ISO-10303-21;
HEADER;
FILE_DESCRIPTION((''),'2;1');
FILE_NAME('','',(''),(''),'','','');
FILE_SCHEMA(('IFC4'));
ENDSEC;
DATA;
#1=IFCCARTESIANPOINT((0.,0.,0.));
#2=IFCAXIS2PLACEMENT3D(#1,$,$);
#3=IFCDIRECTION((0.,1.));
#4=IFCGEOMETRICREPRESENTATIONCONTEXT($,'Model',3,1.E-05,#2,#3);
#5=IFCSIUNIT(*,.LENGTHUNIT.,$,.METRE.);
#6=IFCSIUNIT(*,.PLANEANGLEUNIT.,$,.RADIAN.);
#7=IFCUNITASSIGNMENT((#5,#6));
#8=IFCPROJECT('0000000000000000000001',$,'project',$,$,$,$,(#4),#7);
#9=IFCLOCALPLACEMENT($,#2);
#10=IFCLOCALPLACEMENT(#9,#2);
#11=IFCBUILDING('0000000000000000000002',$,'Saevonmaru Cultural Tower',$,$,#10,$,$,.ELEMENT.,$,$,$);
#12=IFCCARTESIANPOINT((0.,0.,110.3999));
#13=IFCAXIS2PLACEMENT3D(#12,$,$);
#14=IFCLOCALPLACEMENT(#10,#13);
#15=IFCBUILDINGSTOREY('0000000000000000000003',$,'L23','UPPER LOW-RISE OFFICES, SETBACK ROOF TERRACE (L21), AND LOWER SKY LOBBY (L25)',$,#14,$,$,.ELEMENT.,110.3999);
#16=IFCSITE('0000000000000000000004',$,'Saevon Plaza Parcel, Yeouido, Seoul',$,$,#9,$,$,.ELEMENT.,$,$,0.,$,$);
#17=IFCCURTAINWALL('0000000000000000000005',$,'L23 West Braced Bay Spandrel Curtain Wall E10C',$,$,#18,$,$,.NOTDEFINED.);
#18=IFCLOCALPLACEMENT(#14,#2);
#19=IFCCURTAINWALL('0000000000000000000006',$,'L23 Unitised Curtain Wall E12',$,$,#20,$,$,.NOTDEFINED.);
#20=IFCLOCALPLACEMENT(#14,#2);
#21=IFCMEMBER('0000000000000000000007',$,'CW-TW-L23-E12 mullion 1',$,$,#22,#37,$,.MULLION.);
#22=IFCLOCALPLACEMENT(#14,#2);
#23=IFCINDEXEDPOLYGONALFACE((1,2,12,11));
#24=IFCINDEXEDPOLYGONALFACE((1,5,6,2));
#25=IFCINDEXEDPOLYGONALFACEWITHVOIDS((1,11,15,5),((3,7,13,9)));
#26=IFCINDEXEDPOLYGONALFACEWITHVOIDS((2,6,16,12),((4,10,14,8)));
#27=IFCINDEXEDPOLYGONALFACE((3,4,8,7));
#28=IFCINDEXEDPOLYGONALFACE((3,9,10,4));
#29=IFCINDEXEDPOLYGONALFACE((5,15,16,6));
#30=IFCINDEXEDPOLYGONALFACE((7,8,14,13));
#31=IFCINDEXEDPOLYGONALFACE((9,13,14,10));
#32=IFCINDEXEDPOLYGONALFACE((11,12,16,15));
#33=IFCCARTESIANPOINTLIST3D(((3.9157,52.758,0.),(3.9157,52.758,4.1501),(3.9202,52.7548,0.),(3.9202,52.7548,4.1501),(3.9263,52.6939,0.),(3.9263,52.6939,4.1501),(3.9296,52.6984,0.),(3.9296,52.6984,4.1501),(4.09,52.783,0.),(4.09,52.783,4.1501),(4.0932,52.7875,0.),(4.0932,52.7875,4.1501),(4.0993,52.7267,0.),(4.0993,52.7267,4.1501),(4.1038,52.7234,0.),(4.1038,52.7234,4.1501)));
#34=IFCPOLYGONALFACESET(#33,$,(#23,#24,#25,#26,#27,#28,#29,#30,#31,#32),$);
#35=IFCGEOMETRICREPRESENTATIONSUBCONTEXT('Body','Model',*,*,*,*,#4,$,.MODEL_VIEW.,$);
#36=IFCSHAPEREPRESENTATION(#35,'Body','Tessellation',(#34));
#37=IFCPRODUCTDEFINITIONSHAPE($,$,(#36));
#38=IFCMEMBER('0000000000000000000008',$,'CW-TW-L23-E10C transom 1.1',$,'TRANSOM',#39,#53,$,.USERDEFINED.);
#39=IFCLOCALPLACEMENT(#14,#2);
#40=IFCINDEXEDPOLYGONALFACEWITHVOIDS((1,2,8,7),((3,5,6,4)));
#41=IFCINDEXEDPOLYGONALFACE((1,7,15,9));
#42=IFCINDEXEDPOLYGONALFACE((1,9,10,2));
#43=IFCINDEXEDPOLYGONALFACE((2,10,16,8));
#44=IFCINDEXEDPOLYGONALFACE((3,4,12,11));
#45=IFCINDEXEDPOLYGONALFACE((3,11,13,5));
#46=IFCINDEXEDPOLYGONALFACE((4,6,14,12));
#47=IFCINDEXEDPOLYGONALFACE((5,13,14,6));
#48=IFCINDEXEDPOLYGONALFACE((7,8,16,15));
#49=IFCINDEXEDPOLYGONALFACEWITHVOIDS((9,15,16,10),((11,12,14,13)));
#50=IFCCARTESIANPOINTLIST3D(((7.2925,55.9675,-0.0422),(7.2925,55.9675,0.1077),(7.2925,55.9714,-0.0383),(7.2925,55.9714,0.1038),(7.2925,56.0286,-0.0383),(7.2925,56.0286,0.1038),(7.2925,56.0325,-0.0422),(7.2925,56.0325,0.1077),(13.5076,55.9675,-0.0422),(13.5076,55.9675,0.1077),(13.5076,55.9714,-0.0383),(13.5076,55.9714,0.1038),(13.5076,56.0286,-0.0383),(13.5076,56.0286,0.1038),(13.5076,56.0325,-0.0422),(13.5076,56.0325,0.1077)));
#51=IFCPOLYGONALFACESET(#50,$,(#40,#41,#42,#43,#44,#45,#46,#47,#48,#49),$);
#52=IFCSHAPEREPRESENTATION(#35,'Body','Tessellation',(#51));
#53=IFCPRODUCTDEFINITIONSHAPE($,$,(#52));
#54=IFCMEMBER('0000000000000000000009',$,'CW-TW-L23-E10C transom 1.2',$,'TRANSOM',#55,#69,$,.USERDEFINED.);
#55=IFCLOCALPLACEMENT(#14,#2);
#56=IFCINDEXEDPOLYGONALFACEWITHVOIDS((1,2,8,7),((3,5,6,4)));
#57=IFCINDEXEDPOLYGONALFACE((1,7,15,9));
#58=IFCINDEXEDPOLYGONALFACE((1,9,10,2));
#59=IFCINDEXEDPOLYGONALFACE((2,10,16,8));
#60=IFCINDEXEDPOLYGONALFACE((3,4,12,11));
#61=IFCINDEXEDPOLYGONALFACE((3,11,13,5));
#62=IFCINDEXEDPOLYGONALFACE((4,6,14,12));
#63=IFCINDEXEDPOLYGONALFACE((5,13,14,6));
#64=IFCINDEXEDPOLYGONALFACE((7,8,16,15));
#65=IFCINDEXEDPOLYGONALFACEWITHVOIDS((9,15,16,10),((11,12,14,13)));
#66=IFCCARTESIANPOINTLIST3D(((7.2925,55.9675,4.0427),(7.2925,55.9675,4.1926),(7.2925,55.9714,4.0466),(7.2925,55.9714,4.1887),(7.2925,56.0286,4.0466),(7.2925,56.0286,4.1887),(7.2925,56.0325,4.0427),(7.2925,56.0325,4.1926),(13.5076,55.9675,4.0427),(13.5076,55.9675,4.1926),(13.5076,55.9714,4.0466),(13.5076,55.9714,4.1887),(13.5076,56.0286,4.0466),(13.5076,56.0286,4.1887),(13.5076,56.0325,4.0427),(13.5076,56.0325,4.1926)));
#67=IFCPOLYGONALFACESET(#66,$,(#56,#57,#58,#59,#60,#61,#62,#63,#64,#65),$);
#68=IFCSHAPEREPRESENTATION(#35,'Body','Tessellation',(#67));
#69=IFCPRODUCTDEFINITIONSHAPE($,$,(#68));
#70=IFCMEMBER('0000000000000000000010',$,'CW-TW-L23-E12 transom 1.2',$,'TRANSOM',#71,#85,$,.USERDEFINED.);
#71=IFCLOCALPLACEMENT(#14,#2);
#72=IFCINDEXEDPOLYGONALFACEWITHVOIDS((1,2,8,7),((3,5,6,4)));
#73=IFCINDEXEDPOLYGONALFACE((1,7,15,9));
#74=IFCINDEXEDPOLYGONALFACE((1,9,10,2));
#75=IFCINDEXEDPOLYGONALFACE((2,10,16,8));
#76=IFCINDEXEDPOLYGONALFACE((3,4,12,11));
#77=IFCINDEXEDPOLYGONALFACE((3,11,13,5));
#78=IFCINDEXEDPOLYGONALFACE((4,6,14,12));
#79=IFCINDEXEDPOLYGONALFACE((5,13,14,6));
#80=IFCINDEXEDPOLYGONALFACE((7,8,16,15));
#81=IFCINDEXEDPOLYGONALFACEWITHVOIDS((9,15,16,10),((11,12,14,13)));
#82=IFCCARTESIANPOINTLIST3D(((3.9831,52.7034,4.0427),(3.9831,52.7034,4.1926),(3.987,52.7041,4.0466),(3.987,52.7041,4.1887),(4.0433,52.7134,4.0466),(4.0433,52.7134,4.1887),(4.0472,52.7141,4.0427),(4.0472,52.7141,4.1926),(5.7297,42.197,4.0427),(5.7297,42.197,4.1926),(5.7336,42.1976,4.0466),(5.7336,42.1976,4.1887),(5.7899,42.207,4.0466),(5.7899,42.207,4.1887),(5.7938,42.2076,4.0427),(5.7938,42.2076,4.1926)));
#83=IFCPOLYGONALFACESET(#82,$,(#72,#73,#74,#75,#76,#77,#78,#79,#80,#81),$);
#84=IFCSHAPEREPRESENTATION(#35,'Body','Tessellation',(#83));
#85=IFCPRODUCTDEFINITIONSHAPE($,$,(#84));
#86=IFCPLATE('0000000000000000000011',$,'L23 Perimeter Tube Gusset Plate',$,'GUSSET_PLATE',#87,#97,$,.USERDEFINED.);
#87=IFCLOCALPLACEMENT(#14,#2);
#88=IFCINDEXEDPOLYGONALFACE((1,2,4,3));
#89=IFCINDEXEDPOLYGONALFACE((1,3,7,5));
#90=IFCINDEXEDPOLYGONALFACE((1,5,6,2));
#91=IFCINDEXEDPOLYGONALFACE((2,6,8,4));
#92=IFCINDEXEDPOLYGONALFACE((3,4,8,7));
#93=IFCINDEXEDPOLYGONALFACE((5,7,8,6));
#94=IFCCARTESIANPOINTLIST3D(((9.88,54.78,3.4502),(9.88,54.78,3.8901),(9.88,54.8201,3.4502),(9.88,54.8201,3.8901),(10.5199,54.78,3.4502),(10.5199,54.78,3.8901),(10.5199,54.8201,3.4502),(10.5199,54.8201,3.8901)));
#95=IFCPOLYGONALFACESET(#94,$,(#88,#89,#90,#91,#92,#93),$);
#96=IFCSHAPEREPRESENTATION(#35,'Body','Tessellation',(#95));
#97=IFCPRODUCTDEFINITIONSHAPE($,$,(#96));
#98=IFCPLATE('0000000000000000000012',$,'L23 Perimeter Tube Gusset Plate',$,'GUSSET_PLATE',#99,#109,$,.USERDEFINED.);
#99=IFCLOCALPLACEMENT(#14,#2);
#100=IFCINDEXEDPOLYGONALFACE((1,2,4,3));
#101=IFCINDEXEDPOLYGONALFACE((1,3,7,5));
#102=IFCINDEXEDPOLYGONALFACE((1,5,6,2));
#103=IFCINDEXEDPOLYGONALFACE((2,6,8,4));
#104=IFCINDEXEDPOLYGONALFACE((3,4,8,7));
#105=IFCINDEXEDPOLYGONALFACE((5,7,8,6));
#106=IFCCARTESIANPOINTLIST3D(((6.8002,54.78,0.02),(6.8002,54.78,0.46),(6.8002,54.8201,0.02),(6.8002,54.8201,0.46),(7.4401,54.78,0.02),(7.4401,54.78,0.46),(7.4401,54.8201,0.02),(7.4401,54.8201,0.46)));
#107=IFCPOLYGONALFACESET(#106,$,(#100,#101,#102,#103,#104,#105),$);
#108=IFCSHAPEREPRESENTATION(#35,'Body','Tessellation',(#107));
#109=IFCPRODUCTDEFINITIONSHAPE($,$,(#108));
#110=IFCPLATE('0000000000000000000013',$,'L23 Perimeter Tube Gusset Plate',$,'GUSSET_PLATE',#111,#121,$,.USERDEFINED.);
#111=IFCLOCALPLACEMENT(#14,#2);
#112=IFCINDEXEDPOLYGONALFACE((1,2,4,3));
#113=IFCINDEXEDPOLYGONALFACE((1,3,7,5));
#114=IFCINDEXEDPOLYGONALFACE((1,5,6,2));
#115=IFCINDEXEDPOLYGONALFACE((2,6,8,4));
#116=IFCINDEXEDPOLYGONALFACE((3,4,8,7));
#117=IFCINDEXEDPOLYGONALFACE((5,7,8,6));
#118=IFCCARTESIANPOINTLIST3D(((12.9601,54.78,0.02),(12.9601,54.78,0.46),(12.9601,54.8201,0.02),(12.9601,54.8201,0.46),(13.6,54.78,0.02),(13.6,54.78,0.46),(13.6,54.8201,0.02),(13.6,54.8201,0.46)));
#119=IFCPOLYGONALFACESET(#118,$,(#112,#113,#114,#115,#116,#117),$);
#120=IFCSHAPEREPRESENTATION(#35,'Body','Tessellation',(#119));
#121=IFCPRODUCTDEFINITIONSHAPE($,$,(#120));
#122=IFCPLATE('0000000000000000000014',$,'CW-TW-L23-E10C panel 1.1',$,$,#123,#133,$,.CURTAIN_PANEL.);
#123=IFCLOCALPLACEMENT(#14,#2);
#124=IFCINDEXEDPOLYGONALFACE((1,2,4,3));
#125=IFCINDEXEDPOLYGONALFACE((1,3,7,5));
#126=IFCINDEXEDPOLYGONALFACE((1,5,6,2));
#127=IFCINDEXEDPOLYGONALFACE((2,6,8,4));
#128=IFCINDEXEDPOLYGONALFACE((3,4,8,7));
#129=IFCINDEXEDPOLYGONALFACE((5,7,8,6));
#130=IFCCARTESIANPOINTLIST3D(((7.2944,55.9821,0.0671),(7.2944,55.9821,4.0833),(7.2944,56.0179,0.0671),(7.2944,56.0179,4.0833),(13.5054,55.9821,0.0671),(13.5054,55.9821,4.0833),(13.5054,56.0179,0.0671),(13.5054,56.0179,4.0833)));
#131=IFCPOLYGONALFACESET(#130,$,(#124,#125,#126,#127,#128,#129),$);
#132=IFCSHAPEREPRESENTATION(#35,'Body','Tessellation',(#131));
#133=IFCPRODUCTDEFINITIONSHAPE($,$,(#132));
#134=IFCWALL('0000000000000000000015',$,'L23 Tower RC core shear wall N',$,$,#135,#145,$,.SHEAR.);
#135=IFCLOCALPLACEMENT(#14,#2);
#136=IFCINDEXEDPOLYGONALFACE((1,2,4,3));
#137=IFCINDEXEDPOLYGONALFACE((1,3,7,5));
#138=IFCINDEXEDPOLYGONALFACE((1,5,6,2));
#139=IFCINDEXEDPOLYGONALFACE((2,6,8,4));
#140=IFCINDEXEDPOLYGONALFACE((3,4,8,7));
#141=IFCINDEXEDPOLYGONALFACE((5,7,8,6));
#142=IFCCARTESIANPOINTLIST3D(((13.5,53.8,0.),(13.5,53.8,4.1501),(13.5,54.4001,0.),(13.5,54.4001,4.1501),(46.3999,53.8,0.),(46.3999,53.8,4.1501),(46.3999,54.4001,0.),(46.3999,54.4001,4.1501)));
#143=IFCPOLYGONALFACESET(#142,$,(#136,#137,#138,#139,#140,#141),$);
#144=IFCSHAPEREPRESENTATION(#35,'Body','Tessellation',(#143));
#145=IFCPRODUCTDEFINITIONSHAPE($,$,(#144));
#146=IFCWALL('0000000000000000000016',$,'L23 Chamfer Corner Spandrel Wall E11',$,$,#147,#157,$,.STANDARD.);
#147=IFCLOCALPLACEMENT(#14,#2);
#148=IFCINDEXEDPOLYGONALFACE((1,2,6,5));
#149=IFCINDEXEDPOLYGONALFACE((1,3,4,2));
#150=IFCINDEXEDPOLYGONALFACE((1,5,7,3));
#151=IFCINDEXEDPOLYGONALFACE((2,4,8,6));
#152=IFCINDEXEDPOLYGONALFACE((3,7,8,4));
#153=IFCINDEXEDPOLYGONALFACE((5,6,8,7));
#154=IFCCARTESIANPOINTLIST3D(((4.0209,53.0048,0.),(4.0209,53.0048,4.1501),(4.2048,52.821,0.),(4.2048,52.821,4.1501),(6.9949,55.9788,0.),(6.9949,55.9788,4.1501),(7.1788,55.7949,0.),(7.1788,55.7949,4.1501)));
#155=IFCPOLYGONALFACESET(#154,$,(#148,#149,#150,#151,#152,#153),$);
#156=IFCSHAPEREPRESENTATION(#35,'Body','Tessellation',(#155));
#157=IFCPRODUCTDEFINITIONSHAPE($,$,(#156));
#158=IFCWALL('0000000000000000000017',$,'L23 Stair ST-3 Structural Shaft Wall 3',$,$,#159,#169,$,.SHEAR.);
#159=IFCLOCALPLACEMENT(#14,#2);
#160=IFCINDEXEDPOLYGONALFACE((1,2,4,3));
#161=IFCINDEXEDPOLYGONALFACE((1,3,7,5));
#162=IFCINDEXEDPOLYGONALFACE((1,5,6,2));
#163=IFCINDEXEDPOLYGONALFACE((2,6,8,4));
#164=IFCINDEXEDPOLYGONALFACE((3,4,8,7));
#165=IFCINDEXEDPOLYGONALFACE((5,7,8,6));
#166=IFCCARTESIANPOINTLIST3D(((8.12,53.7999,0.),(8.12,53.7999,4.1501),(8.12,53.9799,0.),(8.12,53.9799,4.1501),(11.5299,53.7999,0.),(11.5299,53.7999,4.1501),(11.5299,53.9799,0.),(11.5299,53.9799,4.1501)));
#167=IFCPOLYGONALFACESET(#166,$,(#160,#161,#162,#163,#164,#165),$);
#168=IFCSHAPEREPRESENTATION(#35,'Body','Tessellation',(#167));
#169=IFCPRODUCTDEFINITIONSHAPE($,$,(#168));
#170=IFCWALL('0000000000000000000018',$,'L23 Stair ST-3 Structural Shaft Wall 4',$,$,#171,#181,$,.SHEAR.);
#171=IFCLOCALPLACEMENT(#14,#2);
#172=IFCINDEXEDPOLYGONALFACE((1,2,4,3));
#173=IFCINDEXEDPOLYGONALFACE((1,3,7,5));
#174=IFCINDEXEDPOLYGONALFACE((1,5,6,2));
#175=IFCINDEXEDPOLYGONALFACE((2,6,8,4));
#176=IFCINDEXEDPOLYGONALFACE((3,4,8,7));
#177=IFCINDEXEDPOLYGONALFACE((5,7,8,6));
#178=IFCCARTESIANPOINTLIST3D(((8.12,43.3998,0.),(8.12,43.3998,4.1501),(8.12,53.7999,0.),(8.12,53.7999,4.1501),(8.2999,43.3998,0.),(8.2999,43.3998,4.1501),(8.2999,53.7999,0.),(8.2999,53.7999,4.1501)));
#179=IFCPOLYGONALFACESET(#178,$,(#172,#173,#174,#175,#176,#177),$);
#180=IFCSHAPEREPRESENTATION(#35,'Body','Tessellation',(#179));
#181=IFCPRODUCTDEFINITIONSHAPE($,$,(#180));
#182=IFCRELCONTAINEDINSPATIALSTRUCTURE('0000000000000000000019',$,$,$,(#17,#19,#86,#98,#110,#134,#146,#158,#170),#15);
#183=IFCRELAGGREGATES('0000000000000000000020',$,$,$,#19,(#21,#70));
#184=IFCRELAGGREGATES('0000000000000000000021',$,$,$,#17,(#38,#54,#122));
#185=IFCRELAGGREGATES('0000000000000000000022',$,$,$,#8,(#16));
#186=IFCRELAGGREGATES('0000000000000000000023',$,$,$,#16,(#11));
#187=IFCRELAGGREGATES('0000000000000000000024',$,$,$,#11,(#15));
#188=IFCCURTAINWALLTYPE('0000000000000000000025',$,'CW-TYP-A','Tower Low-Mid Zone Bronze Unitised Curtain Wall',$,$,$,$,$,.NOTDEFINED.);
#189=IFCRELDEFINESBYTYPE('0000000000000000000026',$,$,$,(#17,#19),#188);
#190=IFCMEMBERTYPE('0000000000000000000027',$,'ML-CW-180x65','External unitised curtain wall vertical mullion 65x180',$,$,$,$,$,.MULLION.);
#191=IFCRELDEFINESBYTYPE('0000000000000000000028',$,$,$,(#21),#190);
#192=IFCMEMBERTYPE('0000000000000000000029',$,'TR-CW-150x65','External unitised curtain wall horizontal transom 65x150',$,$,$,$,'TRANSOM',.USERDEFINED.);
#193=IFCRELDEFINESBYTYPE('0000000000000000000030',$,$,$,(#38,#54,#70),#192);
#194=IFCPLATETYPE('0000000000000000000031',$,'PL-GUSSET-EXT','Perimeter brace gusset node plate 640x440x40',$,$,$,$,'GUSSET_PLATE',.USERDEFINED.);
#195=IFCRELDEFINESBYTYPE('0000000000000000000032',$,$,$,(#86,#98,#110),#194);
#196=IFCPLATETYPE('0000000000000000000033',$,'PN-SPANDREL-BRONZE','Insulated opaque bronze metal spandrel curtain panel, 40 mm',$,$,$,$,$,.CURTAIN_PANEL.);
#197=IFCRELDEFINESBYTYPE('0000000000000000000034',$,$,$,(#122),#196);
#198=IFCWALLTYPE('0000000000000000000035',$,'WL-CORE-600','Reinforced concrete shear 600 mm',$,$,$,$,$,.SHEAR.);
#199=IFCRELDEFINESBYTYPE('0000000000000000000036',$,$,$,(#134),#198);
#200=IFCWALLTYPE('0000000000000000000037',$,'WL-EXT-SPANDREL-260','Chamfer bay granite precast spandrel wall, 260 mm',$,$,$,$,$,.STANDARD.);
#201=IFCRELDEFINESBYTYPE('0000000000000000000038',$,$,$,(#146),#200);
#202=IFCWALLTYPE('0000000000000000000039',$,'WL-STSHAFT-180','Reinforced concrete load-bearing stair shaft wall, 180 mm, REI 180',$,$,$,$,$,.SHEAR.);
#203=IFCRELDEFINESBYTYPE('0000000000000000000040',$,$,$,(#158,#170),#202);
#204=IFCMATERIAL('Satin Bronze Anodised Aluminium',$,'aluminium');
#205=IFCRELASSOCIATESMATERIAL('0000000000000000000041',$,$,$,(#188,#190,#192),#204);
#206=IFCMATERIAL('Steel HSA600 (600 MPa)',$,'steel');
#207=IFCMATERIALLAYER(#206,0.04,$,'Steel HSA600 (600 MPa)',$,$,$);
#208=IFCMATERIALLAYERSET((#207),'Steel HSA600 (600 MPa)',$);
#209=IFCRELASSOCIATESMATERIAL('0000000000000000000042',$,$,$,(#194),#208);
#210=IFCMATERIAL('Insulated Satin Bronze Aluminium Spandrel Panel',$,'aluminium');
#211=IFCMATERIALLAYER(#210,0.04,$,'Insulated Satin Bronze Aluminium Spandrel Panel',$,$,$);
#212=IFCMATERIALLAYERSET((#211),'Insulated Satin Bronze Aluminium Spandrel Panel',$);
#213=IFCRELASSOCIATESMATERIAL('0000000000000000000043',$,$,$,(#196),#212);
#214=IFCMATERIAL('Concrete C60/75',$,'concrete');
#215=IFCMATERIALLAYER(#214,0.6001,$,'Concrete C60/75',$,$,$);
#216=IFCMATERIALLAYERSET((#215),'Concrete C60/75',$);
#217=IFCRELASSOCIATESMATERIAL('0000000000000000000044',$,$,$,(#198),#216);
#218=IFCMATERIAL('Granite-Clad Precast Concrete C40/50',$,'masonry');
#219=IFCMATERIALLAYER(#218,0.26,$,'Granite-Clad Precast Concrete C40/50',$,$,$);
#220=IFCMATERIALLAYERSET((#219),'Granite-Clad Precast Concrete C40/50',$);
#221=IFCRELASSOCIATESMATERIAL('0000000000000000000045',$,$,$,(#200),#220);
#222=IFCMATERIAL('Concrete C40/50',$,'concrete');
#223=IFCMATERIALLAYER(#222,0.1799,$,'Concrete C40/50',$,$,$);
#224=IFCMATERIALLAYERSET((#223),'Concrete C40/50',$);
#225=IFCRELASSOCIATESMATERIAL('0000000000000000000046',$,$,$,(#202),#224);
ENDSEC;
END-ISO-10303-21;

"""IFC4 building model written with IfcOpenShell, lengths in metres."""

from ifc_helpers import new_model, si_unit, direction, frame, frame_2d, origin, origin_2d, place, context, subcontext, project, spatial, rectangle, hollow_rectangle, extrude, material, layer, layer_set, material_profile, profile_set, type_object, element, aggregate, save


model = new_model("IFC4")

# Units and contexts
model_context = context("Model", 3, precision=1e-05, world=origin(), true_north=direction((0.0, 1.0)))
body_context = subcontext(model_context, "Body", "Model", "MODEL_VIEW")
ifc_project = project(units=[si_unit("LENGTHUNIT", "METRE"), si_unit("PLANEANGLEUNIT", "RADIAN")], contexts=[model_context])

# Site, building, storey
site_placement = place(None, origin())
site = spatial("IfcSite", under=ifc_project, at=site_placement, Name="Saevon Plaza Parcel, Yeouido, Seoul", CompositionType="ELEMENT", RefElevation=0.0)
building_placement = place(site_placement, origin())
building = spatial("IfcBuilding", under=site, at=building_placement, Name="Saevonmaru Cultural Tower", CompositionType="ELEMENT")
storey_placement = place(building_placement, frame((0.0, 0.0, 110.3999)))
storey = spatial("IfcBuildingStorey", under=building, at=storey_placement, Name="L23", Description="UPPER LOW-RISE OFFICES, SETBACK ROOF TERRACE (L21), AND LOWER SKY LOBBY (L25)", CompositionType="ELEMENT", Elevation=110.3999)

# Shared definitions
ifc_material_1 = material(Name="Steel HSA600 (600 MPa)", Category="steel")

# Shared definitions
ifc_material_2 = material(Name="Satin Bronze Anodised Aluminium", Category="aluminium")
curtain_wall_type = type_object("IfcCurtainWallType", Name="CW-TYP-A", Description="Tower Low-Mid Zone Bronze Unitised Curtain Wall", PredefinedType="NOTDEFINED", material=ifc_material_2)
ifc_material_profile_1 = material_profile(ifc_material_2, hollow_rectangle(XDim=0.0649, YDim=0.1799, WallThickness=0.0039, at=origin_2d()), Name="ALU-MULL-180x65x4")
ifc_profile_set_1 = profile_set([ifc_material_profile_1], Name="Satin Bronze Anodised Aluminium")
member_type_1 = type_object("IfcMemberType", Name="ML-CW-180x65", Description="External unitised curtain wall vertical mullion 65x180", PredefinedType="MULLION", material=ifc_profile_set_1)

# Curtain wall
curtain_wall_1_placement = place(storey_placement, origin())
curtain_wall_1 = element("IfcCurtainWall", 1, at=curtain_wall_1_placement, inside=storey, type_object=curtain_wall_type, Name="L23 West Braced Bay Spandrel Curtain Wall E10C", PredefinedType="NOTDEFINED")

# Curtain wall, member
curtain_wall_2_placement = place(storey_placement, origin())
curtain_wall_2 = element("IfcCurtainWall", 2, at=curtain_wall_2_placement, inside=storey, type_object=curtain_wall_type, Name="L23 Unitised Curtain Wall E12", PredefinedType="NOTDEFINED")
member_1_placement = place(storey_placement, frame((4.0098, 52.7407, 0.0), z_axis=(0.0, 0.0, 1.0), x_axis=(0.163999, -0.986461, 0.0)))
member_1 = element("IfcMember", 3, at=member_1_placement, type_object=member_type_1, Name="CW-TW-L23-E12 mullion 1", PredefinedType="MULLION", context=body_context, shape_type="SweptSolid", body=[
    extrude(hollow_rectangle(XDim=0.0649, YDim=0.1799, WallThickness=0.0039, at=origin_2d()), origin(), (0.0, 0.0, 1.0), 4.1501),
])

# Members
ifc_material_profile_2 = material_profile(ifc_material_2, hollow_rectangle(XDim=0.0649, YDim=0.1499, WallThickness=0.0039, at=origin_2d()), Name="ALU-TRAN-150x65x4")
ifc_profile_set_2 = profile_set([ifc_material_profile_2], Name="Satin Bronze Anodised Aluminium")
member_type_2 = type_object("IfcMemberType", Name="TR-CW-150x65", Description="External unitised curtain wall horizontal transom 65x150", ElementType="TRANSOM", PredefinedType="USERDEFINED", material=ifc_profile_set_2)
member_2_placement = place(storey_placement, frame((13.5076, 56.0, 0.0327), z_axis=(-1.0, 0.0, 0.0), x_axis=(0.0, -1.0, 0.0)))
member_2 = element("IfcMember", 4, at=member_2_placement, type_object=member_type_2, Name="CW-TW-L23-E10C transom 1.1", ObjectType="TRANSOM", PredefinedType="USERDEFINED", context=body_context, shape_type="SweptSolid", body=[
    extrude(hollow_rectangle(XDim=0.0649, YDim=0.1499, WallThickness=0.0039, at=origin_2d()), origin(), (0.0, 0.0, 1.0), 6.2151),
])
member_3_placement = place(storey_placement, frame((13.5076, 56.0, 4.1177), z_axis=(-1.0, 0.0, 0.0), x_axis=(0.0, -1.0, 0.0)))
member_3 = element("IfcMember", 5, at=member_3_placement, type_object=member_type_2, Name="CW-TW-L23-E10C transom 1.2", ObjectType="TRANSOM", PredefinedType="USERDEFINED", context=body_context, shape_type="SweptSolid", body=[
    extrude(hollow_rectangle(XDim=0.0649, YDim=0.1499, WallThickness=0.0039, at=origin_2d()), origin(), (0.0, 0.0, 1.0), 6.2151),
])
member_4_placement = place(storey_placement, frame((4.0151, 52.7087, 4.1177), z_axis=(0.16399, -0.986462, 0.0), x_axis=(0.986462, 0.16399, 0.0)))
member_4 = element("IfcMember", 6, at=member_4_placement, type_object=member_type_2, Name="CW-TW-L23-E12 transom 1.2", ObjectType="TRANSOM", PredefinedType="USERDEFINED", context=body_context, shape_type="SweptSolid", body=[
    extrude(hollow_rectangle(XDim=0.0649, YDim=0.1499, WallThickness=0.0039, at=origin_2d()), origin(), (0.0, 0.0, 1.0), 10.6506),
])
aggregate(curtain_wall_2, [member_1, member_4])

# Plates
ifc_layer_1 = layer(ifc_material_1, 0.04, Name="Steel HSA600 (600 MPa)")
ifc_layer_set_1 = layer_set([ifc_layer_1], Name="Steel HSA600 (600 MPa)")
plate_type_1 = type_object("IfcPlateType", Name="PL-GUSSET-EXT", Description="Perimeter brace gusset node plate 640x440x40", ElementType="GUSSET_PLATE", PredefinedType="USERDEFINED", material=ifc_layer_set_1)
for number, where, z_axis, x_axis, name in (
    (7, (10.2, 54.8, 3.4502), (0.0, 0.0, 1.0), (1.0, 0.0, 0.0), "L23 Perimeter Tube Gusset Plate"),
    (8, (7.1201, 54.8, 0.02), (0.0, 0.0, 1.0), (1.0, 0.0, 0.0), "L23 Perimeter Tube Gusset Plate"),
    (9, (13.28, 54.8, 0.02), (0.0, 0.0, 1.0), (1.0, 0.0, 0.0), "L23 Perimeter Tube Gusset Plate"),
):
    element("IfcPlate", number, at=place(storey_placement, frame(where, z_axis=z_axis, x_axis=x_axis)), inside=storey, type_object=plate_type_1, Name=name, ObjectType="GUSSET_PLATE", PredefinedType="USERDEFINED", context=body_context, shape_type="SweptSolid", body=[
        extrude(rectangle(XDim=0.6399, YDim=0.04, at=origin_2d()), origin(), (0.0, 0.0, 1.0), 0.4399),
    ])

# Plate
ifc_material_3 = material(Name="Insulated Satin Bronze Aluminium Spandrel Panel", Category="aluminium")
ifc_layer_2 = layer(ifc_material_3, 0.04, Name="Insulated Satin Bronze Aluminium Spandrel Panel")
ifc_layer_set_2 = layer_set([ifc_layer_2], Name="Insulated Satin Bronze Aluminium Spandrel Panel")
plate_type_2 = type_object("IfcPlateType", Name="PN-SPANDREL-BRONZE", Description="Insulated opaque bronze metal spandrel curtain panel, 40 mm", PredefinedType="CURTAIN_PANEL", material=ifc_layer_set_2)
plate_placement = place(storey_placement, frame((10.3999, 56.0, 0.0671), z_axis=(0.0, 0.0, 1.0), x_axis=(-1.0, 0.0, 0.0)))
plate = element("IfcPlate", 10, at=plate_placement, type_object=plate_type_2, Name="CW-TW-L23-E10C panel 1.1", PredefinedType="CURTAIN_PANEL", context=body_context, shape_type="SweptSolid", body=[
    extrude(rectangle(XDim=6.2109, YDim=0.0359, at=origin_2d()), origin(), (0.0, 0.0, 1.0), 4.0161),
])
aggregate(curtain_wall_1, [member_2, member_3, plate])

# Walls
ifc_material_4 = material(Name="Concrete C60/75", Category="concrete")
ifc_layer_3 = layer(ifc_material_4, 0.6001, Name="Concrete C60/75")
ifc_layer_set_3 = layer_set([ifc_layer_3], Name="Concrete C60/75")
wall_type_1 = type_object("IfcWallType", Name="WL-CORE-600", Description="Reinforced concrete shear 600 mm", PredefinedType="SHEAR", material=ifc_layer_set_3)
wall_1_placement = place(storey_placement, frame((13.5, 54.1001, 0.0), z_axis=(0.0, 0.0, 1.0), x_axis=(1.0, 0.0, 0.0)))
element("IfcWall", 11, at=wall_1_placement, inside=storey, type_object=wall_type_1, Name="L23 Tower RC core shear wall N", PredefinedType="SHEAR", context=body_context, shape_type="SweptSolid", body=[
    extrude(rectangle(XDim=32.8999, YDim=0.6001, at=frame_2d((16.45, 0.0))), origin(), (0.0, 0.0, 1.0), 4.1501),
])
ifc_material_5 = material(Name="Granite-Clad Precast Concrete C40/50", Category="masonry")
ifc_layer_4 = layer(ifc_material_5, 0.26, Name="Granite-Clad Precast Concrete C40/50")
ifc_layer_set_4 = layer_set([ifc_layer_4], Name="Granite-Clad Precast Concrete C40/50")
wall_type_2 = type_object("IfcWallType", Name="WL-EXT-SPANDREL-260", Description="Chamfer bay granite precast spandrel wall, 260 mm", PredefinedType="STANDARD", material=ifc_layer_set_4)
wall_2_placement = place(storey_placement, frame((7.0869, 55.887, 0.0), z_axis=(0.0, 0.0, 1.0), x_axis=(-0.707107, -0.707107, 0.0)))
element("IfcWall", 12, at=wall_2_placement, inside=storey, type_object=wall_type_2, Name="L23 Chamfer Corner Spandrel Wall E11", PredefinedType="STANDARD", context=body_context, shape_type="SweptSolid", body=[
    extrude(rectangle(XDim=4.2058, YDim=0.26, at=frame_2d((2.103, 0.0))), origin(), (0.0, 0.0, 1.0), 4.1501),
])
ifc_material_6 = material(Name="Concrete C40/50", Category="concrete")
ifc_layer_5 = layer(ifc_material_6, 0.1799, Name="Concrete C40/50")
ifc_layer_set_5 = layer_set([ifc_layer_5], Name="Concrete C40/50")
wall_type_3 = type_object("IfcWallType", Name="WL-STSHAFT-180", Description="Reinforced concrete load-bearing stair shaft wall, 180 mm, REI 180", PredefinedType="SHEAR", material=ifc_layer_set_5)
wall_3_placement = place(storey_placement, frame((11.53, 53.8899, 0.0), z_axis=(0.0, 0.0, 1.0), x_axis=(-1.0, 0.0, 0.0)))
element("IfcWall", 13, at=wall_3_placement, inside=storey, type_object=wall_type_3, Name="L23 Stair ST-3 Structural Shaft Wall 3", PredefinedType="SHEAR", context=body_context, shape_type="SweptSolid", body=[
    extrude(rectangle(XDim=3.4099, YDim=0.1799, at=frame_2d((1.7051, 0.0))), origin(), (0.0, 0.0, 1.0), 4.1501),
])
wall_4_placement = place(storey_placement, frame((8.21, 53.8, 0.0), z_axis=(0.0, 0.0, 1.0), x_axis=(0.0, -1.0, 0.0)))
element("IfcWall", 14, at=wall_4_placement, inside=storey, type_object=wall_type_3, Name="L23 Stair ST-3 Structural Shaft Wall 4", PredefinedType="SHEAR", context=body_context, shape_type="SweptSolid", body=[
    extrude(rectangle(XDim=10.4001, YDim=0.1799, at=frame_2d((5.2002, 0.0))), origin(), (0.0, 0.0, 1.0), 4.1501),
])

save(model, "model.ifc")
